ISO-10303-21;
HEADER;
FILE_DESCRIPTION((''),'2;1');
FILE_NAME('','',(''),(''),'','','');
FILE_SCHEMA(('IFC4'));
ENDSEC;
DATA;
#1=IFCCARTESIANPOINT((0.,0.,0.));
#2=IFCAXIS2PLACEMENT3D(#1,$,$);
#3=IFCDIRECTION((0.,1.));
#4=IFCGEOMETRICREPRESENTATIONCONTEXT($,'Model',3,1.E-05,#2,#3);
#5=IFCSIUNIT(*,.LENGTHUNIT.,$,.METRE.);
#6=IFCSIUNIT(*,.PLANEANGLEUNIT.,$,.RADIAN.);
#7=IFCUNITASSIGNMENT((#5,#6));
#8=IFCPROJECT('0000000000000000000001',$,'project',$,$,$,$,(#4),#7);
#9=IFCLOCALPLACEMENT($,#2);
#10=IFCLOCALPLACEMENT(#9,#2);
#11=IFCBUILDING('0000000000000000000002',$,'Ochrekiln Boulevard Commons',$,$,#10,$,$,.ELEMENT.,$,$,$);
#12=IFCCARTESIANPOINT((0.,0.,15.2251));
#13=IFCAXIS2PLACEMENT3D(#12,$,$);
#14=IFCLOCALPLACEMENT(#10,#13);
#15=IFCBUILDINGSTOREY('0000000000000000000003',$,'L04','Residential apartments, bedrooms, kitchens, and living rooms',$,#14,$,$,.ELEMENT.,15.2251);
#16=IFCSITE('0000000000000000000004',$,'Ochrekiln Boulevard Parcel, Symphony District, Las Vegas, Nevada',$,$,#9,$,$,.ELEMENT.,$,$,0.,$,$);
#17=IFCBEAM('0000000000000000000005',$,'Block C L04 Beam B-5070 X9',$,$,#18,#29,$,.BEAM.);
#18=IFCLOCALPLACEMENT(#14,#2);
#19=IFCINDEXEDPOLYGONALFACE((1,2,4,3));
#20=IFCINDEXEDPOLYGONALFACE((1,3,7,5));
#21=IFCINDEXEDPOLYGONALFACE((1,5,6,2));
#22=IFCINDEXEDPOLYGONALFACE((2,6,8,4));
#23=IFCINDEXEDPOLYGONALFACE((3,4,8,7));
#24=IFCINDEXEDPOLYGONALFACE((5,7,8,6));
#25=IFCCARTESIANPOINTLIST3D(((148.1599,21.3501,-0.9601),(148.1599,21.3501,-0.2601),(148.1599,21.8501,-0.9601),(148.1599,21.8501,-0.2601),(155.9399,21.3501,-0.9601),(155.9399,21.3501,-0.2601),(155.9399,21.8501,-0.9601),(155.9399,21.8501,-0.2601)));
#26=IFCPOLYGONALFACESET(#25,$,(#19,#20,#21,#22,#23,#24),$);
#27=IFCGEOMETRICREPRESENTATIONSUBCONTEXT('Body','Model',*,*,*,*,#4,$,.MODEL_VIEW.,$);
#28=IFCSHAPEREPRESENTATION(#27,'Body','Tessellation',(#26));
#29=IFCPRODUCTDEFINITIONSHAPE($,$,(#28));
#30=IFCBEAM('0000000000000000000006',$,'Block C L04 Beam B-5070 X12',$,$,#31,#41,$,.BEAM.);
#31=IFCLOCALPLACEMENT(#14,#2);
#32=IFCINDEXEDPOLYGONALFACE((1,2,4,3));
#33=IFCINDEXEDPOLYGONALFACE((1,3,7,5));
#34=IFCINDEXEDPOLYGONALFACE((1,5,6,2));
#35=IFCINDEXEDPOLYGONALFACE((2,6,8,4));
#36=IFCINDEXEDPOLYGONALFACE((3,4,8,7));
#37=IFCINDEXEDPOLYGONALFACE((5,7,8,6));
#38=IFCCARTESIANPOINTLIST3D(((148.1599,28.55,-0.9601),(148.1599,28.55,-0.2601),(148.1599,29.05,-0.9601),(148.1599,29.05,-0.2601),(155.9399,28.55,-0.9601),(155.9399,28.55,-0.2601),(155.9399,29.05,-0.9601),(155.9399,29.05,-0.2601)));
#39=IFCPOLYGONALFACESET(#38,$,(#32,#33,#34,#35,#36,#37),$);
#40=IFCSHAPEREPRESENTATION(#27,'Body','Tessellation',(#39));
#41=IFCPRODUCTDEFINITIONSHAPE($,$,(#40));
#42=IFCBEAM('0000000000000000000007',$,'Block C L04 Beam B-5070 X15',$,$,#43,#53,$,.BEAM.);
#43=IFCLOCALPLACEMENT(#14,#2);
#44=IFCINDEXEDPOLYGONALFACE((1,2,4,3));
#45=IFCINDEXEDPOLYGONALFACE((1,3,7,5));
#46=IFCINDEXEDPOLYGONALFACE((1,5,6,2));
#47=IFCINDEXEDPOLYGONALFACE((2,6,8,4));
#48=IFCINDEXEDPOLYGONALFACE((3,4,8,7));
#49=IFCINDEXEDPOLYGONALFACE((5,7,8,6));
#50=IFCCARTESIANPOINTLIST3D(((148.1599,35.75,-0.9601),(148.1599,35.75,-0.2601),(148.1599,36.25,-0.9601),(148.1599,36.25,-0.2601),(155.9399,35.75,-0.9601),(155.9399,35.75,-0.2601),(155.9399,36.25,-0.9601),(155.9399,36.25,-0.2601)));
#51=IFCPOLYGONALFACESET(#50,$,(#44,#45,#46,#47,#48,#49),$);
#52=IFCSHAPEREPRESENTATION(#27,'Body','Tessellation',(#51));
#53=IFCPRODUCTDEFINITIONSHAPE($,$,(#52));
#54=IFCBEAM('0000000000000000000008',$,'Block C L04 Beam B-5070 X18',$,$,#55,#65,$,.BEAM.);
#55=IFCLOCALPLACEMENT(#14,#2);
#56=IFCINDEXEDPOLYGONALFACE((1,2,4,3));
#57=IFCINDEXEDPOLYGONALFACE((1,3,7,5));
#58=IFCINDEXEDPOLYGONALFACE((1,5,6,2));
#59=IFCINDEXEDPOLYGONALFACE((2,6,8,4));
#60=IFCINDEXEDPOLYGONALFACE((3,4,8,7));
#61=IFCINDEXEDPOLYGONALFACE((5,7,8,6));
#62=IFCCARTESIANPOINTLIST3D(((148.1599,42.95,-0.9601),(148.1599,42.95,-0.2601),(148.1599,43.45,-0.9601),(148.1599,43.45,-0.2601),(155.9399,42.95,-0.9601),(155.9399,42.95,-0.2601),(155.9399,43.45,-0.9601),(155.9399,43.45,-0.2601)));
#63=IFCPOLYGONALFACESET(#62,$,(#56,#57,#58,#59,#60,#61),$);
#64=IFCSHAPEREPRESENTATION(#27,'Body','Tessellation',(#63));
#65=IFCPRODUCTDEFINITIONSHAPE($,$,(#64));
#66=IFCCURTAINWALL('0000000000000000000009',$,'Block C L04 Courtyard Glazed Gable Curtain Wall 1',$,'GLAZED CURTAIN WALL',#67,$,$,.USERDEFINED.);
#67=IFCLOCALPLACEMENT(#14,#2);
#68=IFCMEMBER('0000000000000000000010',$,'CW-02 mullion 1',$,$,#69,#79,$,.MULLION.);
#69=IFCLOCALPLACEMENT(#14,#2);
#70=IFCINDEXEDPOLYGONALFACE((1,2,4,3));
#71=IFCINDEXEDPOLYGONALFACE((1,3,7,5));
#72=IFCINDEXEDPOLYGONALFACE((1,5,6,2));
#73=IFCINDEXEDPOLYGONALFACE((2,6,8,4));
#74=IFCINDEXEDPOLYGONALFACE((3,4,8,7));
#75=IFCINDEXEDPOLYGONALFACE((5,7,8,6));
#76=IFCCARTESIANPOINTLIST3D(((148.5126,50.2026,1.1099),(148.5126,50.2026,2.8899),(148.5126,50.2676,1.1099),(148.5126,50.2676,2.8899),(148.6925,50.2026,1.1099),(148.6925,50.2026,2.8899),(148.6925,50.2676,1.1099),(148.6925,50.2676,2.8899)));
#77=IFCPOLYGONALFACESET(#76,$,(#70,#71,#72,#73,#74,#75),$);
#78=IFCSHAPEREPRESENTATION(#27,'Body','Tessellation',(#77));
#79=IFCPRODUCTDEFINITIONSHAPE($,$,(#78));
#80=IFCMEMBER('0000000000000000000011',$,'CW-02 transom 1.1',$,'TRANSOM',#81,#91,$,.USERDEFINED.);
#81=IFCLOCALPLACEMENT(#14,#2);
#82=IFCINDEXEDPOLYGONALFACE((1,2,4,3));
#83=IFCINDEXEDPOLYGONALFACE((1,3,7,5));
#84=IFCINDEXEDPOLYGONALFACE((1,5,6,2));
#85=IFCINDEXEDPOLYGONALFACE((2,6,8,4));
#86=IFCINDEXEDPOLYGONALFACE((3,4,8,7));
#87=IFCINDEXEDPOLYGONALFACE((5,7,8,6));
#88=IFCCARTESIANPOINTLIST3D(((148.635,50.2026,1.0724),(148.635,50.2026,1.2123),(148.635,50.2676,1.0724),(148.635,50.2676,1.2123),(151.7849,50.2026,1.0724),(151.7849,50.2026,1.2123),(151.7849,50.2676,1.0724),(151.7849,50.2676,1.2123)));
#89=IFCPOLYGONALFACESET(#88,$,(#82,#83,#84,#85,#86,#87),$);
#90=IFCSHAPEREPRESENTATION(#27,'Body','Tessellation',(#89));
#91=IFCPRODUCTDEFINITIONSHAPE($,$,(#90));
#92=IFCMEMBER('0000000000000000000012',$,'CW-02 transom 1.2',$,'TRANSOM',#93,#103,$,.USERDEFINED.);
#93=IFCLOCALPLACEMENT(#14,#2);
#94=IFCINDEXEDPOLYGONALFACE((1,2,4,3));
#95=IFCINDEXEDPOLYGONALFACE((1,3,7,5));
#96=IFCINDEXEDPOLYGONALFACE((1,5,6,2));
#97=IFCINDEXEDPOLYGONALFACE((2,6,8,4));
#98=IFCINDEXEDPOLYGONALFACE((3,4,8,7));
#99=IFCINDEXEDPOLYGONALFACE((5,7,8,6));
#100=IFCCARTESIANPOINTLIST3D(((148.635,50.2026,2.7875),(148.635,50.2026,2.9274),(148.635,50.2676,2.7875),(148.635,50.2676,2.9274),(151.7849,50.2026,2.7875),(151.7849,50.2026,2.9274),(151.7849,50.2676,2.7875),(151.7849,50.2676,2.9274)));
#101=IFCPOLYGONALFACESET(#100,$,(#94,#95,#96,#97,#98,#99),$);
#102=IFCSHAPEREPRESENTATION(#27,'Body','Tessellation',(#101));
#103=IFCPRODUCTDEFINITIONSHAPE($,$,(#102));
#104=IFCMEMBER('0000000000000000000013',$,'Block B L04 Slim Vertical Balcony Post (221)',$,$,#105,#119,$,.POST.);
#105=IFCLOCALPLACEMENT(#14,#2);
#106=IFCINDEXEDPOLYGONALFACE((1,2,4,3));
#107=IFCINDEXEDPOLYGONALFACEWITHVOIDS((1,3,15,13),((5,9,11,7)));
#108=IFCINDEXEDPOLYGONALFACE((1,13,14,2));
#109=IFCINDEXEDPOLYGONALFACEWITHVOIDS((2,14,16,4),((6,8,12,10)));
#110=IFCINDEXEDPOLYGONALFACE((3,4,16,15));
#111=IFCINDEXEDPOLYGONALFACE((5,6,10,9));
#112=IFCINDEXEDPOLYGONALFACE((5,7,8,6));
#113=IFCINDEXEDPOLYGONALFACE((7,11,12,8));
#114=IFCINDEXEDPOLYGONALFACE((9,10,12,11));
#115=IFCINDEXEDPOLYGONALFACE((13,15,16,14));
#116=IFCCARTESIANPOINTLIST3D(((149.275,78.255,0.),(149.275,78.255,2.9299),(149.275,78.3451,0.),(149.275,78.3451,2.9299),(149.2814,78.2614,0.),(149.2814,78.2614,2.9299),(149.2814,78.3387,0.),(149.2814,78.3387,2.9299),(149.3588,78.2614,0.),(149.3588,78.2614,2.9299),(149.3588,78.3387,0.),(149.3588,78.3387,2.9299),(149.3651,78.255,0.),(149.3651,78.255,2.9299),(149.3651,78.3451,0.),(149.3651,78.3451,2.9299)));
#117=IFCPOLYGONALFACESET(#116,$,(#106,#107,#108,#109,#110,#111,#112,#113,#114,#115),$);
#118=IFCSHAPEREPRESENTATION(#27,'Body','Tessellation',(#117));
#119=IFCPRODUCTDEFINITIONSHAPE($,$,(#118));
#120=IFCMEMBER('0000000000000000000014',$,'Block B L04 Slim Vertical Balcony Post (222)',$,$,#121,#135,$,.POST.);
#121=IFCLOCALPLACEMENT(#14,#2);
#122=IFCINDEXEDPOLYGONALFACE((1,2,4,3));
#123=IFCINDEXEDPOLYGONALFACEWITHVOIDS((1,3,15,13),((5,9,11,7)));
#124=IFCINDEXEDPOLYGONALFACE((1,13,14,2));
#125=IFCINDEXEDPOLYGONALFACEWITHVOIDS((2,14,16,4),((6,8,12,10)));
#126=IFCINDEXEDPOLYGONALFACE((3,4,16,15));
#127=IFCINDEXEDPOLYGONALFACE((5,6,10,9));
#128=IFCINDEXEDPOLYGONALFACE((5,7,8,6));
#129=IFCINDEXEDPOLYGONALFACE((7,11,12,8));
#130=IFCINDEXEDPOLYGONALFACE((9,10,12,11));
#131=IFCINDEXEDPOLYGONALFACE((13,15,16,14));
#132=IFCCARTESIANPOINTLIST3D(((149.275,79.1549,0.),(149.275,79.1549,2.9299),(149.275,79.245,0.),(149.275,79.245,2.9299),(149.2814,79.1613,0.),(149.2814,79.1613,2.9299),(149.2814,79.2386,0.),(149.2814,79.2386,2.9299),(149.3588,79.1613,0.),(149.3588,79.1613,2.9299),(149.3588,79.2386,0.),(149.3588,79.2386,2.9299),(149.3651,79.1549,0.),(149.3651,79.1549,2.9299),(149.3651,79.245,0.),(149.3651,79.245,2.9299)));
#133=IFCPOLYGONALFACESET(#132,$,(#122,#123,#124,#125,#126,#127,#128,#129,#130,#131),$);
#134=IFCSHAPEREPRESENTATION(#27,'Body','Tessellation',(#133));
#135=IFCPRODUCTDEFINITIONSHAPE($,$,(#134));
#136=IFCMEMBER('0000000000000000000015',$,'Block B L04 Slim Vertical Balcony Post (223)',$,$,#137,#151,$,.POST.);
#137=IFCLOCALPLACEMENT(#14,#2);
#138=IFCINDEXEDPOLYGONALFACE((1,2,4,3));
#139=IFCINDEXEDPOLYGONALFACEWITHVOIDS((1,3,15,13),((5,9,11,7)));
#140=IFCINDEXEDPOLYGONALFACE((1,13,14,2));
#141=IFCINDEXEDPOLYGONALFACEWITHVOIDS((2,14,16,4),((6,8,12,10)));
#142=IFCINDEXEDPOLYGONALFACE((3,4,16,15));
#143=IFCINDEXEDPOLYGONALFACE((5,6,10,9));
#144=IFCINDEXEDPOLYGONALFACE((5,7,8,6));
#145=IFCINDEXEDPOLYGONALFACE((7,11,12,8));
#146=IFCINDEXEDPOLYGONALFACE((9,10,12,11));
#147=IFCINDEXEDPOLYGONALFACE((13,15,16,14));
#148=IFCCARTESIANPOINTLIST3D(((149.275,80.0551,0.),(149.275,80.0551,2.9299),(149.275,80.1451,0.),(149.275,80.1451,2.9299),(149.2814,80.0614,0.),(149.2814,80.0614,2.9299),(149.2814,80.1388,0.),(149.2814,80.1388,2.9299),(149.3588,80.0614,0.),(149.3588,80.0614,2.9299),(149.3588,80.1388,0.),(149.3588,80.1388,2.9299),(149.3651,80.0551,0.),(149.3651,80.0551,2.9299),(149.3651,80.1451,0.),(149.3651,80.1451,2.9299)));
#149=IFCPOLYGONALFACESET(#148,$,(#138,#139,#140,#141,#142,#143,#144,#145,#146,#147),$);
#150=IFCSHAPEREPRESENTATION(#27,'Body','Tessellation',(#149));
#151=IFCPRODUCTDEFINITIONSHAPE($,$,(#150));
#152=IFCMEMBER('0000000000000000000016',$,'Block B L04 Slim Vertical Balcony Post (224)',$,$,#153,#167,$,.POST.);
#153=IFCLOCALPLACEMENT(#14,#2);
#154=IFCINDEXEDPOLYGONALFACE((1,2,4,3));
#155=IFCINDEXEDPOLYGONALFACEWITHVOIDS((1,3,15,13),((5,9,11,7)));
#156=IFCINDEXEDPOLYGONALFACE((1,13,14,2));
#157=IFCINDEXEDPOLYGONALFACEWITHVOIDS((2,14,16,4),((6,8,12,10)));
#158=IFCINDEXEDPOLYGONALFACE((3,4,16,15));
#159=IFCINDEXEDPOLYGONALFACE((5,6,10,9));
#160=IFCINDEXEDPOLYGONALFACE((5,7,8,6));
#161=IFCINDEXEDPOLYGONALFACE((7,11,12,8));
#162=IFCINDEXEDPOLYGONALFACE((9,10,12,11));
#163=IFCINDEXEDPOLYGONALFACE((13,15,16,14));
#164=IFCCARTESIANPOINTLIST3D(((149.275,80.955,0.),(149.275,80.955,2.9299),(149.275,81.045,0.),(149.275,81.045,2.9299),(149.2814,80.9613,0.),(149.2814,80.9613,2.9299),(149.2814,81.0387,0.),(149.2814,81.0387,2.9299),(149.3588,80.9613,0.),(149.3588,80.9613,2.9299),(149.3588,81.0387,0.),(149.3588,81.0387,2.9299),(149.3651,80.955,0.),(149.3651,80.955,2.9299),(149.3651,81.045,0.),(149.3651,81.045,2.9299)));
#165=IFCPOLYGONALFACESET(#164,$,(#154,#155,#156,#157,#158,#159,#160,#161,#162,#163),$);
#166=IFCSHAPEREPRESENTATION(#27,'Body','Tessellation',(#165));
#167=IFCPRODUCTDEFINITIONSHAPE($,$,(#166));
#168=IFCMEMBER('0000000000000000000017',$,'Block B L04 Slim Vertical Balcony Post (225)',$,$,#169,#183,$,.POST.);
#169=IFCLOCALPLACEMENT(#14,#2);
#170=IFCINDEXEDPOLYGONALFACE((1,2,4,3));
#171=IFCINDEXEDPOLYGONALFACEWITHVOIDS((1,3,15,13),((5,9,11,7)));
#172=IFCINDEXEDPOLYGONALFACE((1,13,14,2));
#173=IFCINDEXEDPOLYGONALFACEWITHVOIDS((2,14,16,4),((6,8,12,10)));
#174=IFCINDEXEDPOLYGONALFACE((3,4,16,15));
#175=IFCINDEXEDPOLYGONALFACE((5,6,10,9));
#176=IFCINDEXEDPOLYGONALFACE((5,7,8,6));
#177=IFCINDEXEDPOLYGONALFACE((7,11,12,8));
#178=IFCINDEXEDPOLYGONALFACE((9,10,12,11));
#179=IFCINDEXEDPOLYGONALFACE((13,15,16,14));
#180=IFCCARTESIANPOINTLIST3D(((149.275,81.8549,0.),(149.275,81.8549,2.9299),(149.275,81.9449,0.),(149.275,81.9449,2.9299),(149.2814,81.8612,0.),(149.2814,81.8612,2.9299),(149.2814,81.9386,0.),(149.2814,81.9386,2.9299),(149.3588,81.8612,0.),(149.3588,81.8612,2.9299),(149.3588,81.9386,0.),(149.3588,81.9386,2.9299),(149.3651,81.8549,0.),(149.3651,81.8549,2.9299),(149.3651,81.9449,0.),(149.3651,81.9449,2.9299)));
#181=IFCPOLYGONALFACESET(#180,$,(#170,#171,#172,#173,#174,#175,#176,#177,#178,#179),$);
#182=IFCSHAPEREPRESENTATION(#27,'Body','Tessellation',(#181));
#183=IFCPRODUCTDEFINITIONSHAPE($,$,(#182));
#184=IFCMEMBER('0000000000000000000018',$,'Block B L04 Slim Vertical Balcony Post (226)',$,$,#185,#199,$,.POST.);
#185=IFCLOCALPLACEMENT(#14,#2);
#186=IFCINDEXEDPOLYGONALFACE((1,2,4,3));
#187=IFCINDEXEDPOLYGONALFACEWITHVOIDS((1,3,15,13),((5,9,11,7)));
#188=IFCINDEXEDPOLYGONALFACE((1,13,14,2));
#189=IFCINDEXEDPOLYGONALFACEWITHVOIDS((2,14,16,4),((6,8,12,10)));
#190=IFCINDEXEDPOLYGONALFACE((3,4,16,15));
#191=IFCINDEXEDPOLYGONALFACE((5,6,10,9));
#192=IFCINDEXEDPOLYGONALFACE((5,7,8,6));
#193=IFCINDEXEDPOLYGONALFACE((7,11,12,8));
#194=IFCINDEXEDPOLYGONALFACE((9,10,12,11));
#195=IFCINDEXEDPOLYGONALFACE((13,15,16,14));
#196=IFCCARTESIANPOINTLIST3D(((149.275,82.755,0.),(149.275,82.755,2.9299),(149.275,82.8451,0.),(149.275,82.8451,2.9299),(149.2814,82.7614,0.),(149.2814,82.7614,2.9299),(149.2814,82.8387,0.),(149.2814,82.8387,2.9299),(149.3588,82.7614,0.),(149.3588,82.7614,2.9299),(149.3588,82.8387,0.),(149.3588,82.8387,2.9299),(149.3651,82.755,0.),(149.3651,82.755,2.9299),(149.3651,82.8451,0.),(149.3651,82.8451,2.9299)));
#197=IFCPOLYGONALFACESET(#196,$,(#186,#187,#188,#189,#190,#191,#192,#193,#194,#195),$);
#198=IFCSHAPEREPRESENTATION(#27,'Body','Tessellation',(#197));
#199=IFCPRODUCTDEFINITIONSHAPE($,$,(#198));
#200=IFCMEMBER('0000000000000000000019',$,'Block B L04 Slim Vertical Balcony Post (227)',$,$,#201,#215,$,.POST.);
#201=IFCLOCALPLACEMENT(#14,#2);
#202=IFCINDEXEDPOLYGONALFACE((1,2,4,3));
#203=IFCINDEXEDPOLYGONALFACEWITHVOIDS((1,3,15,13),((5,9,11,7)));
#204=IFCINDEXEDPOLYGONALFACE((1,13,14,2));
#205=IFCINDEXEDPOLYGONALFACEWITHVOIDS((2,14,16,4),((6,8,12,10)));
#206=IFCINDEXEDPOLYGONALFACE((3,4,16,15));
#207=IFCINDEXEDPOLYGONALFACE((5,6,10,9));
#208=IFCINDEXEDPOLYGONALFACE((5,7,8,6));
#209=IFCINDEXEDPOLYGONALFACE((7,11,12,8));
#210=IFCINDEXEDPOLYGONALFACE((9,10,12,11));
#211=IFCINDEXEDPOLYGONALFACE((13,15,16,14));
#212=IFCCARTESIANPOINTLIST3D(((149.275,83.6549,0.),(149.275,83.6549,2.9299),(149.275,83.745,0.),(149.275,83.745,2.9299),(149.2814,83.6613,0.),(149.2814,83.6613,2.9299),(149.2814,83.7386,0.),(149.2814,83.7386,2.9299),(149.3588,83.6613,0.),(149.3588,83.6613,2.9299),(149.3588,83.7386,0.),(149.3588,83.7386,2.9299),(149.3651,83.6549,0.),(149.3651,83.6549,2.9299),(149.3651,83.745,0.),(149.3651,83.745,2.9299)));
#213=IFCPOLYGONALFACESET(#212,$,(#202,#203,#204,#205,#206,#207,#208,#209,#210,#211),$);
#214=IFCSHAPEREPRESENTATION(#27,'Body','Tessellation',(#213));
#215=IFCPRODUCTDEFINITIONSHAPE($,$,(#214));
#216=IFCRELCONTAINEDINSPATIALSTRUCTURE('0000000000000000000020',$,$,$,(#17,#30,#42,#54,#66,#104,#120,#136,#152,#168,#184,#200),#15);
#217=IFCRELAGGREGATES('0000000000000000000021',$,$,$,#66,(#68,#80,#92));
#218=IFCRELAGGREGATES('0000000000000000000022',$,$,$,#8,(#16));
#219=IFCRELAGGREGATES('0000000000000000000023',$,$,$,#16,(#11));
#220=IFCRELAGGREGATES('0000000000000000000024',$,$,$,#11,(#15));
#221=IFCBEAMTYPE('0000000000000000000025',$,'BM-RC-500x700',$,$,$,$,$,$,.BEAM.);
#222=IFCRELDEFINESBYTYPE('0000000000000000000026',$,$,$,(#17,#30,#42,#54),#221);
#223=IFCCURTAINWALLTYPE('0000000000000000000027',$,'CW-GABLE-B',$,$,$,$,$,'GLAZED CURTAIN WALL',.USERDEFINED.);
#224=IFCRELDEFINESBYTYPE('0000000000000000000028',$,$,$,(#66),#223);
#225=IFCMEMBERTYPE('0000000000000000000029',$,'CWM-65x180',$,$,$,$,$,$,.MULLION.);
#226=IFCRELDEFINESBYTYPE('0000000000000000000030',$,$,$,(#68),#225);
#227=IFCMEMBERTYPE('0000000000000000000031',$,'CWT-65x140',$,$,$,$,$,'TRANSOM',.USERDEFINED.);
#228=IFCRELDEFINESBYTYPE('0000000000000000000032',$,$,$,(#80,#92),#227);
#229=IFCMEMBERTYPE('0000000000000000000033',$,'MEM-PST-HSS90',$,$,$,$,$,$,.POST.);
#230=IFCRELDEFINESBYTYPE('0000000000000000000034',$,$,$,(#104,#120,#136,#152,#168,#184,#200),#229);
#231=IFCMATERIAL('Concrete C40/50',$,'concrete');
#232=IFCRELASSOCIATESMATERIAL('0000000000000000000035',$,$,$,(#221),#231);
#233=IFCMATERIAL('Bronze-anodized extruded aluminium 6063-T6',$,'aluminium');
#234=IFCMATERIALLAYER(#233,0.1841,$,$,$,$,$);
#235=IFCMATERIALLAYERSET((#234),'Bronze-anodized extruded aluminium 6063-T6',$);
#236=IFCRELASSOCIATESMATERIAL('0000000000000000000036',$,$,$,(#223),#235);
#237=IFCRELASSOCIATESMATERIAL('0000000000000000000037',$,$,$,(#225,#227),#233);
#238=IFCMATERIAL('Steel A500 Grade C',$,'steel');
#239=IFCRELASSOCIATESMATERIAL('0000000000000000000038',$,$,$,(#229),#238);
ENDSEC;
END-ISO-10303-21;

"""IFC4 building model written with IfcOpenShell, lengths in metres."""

from ifc_helpers import new_model, si_unit, direction, frame, origin, origin_2d, place, context, subcontext, project, spatial, rectangle, hollow_rectangle, extrude, material, layer, layer_set, material_profile, profile_set, type_object, element, aggregate, save


model = new_model("IFC4")

# Units and contexts
model_context = context("Model", 3, precision=1e-05, world=origin(), true_north=direction((0.0, 1.0)))
body_context = subcontext(model_context, "Body", "Model", "MODEL_VIEW")
ifc_project = project(units=[si_unit("LENGTHUNIT", "METRE"), si_unit("PLANEANGLEUNIT", "RADIAN")], contexts=[model_context])

# Site, building, storey
site_placement = place(None, origin())
site = spatial("IfcSite", under=ifc_project, at=site_placement, Name="Ochrekiln Boulevard Parcel, Symphony District, Las Vegas, Nevada", CompositionType="ELEMENT", RefElevation=0.0)
building_placement = place(site_placement, origin())
building = spatial("IfcBuilding", under=site, at=building_placement, Name="Ochrekiln Boulevard Commons", CompositionType="ELEMENT")
storey_placement = place(building_placement, frame((0.0, 0.0, 15.2251)))
storey = spatial("IfcBuildingStorey", under=building, at=storey_placement, Name="L04", Description="Residential apartments, bedrooms, kitchens, and living rooms", CompositionType="ELEMENT", Elevation=15.2251)

# Beams
ifc_material_1 = material(Name="Concrete C40/50", Category="concrete")
ifc_material_profile_1 = material_profile(ifc_material_1, rectangle(XDim=0.5, YDim=0.7, at=origin_2d()), Name="RC-BM-500x700")
ifc_profile_set_1 = profile_set([ifc_material_profile_1], Name="Concrete C40/50")
beam_type_1 = type_object("IfcBeamType", Name="BM-RC-500x700", PredefinedType="BEAM", material=ifc_profile_set_1)
for number, where, z_axis, x_axis, name in (
    (1, (148.1599, 21.6001, -0.6101), (1.0, 0.0, 0.0), (0.0, 1.0, 0.0), "Block C L04 Beam B-5070 X9"),
    (2, (148.1599, 28.8, -0.6101), (1.0, 0.0, 0.0), (0.0, 1.0, 0.0), "Block C L04 Beam B-5070 X12"),
    (3, (148.1599, 36.0, -0.6101), (1.0, 0.0, 0.0), (0.0, 1.0, 0.0), "Block C L04 Beam B-5070 X15"),
    (4, (148.1599, 43.2, -0.6101), (1.0, 0.0, 0.0), (0.0, 1.0, 0.0), "Block C L04 Beam B-5070 X18"),
):
    element("IfcBeam", number, at=place(storey_placement, frame(where, z_axis=z_axis, x_axis=x_axis)), inside=storey, type_object=beam_type_1, Name=name, PredefinedType="BEAM", context=body_context, shape_type="SweptSolid", body=[
        extrude(rectangle(XDim=0.5, YDim=0.7, at=origin_2d()), origin(), (0.0, 0.0, 1.0), 7.78),
    ])

# Curtain wall, members
ifc_material_2 = material(Name="Bronze-anodized extruded aluminium 6063-T6", Category="aluminium")
ifc_layer = layer(ifc_material_2, 0.1841)
ifc_layer_set = layer_set([ifc_layer], Name="Bronze-anodized extruded aluminium 6063-T6")
curtain_wall_type = type_object("IfcCurtainWallType", Name="CW-GABLE-B", ElementType="GLAZED CURTAIN WALL", PredefinedType="USERDEFINED", material=ifc_layer_set)
curtain_wall_placement = place(storey_placement, origin())
curtain_wall = element("IfcCurtainWall", 5, at=curtain_wall_placement, inside=storey, type_object=curtain_wall_type, Name="Block C L04 Courtyard Glazed Gable Curtain Wall 1", ObjectType="GLAZED CURTAIN WALL", PredefinedType="USERDEFINED")
ifc_material_profile_2 = material_profile(ifc_material_2, rectangle(XDim=0.0649, YDim=0.1799, at=origin_2d()), Name="ALU-MUL-65x180")
ifc_profile_set_2 = profile_set([ifc_material_profile_2], Name="Bronze-anodized extruded aluminium 6063-T6")
member_type_1 = type_object("IfcMemberType", Name="CWM-65x180", PredefinedType="MULLION", material=ifc_profile_set_2)
member_1_placement = place(storey_placement, frame((148.6025, 50.2351, 1.1099), z_axis=(0.0, 0.0, 1.0), x_axis=(0.0, 1.0, 0.0)))
member_1 = element("IfcMember", 6, at=member_1_placement, type_object=member_type_1, Name="CW-02 mullion 1", PredefinedType="MULLION", context=body_context, shape_type="SweptSolid", body=[
    extrude(rectangle(XDim=0.0649, YDim=0.1799, at=origin_2d()), origin(), (0.0, 0.0, 1.0), 1.78),
])
ifc_material_profile_3 = material_profile(ifc_material_2, rectangle(XDim=0.0649, YDim=0.1399, at=origin_2d()), Name="ALU-TRN-65x140")
ifc_profile_set_3 = profile_set([ifc_material_profile_3], Name="Bronze-anodized extruded aluminium 6063-T6")
member_type_2 = type_object("IfcMemberType", Name="CWT-65x140", ElementType="TRANSOM", PredefinedType="USERDEFINED", material=ifc_profile_set_3)
member_2_placement = place(storey_placement, frame((148.635, 50.2351, 1.1423), z_axis=(1.0, 0.0, 0.0), x_axis=(0.0, 1.0, 0.0)))
member_2 = element("IfcMember", 7, at=member_2_placement, type_object=member_type_2, Name="CW-02 transom 1.1", ObjectType="TRANSOM", PredefinedType="USERDEFINED", context=body_context, shape_type="SweptSolid", body=[
    extrude(rectangle(XDim=0.0649, YDim=0.1399, at=origin_2d()), origin(), (0.0, 0.0, 1.0), 3.1499),
])
member_3_placement = place(storey_placement, frame((148.635, 50.2351, 2.8574), z_axis=(1.0, 0.0, 0.0), x_axis=(0.0, 1.0, 0.0)))
member_3 = element("IfcMember", 8, at=member_3_placement, type_object=member_type_2, Name="CW-02 transom 1.2", ObjectType="TRANSOM", PredefinedType="USERDEFINED", context=body_context, shape_type="SweptSolid", body=[
    extrude(rectangle(XDim=0.0649, YDim=0.1399, at=origin_2d()), origin(), (0.0, 0.0, 1.0), 3.1499),
])
aggregate(curtain_wall, [member_1, member_2, member_3])

# Members
ifc_material_3 = material(Name="Steel A500 Grade C", Category="steel")
ifc_material_profile_4 = material_profile(ifc_material_3, hollow_rectangle(XDim=0.0901, YDim=0.0901, WallThickness=0.0063, at=origin_2d()), Name="HSS90X90X6.4")
ifc_profile_set_4 = profile_set([ifc_material_profile_4], Name="Steel A500 Grade C")
member_type_3 = type_object("IfcMemberType", Name="MEM-PST-HSS90", PredefinedType="POST", material=ifc_profile_set_4)
for number, where, z_axis, x_axis, name in (
    (9, (149.3201, 78.3, 0.0), (0.0, 0.0, 1.0), (1.0, 0.0, 0.0), "Block B L04 Slim Vertical Balcony Post (221)"),
    (10, (149.3201, 79.2, 0.0), (0.0, 0.0, 1.0), (1.0, 0.0, 0.0), "Block B L04 Slim Vertical Balcony Post (222)"),
    (11, (149.3201, 80.1001, 0.0), (0.0, 0.0, 1.0), (1.0, 0.0, 0.0), "Block B L04 Slim Vertical Balcony Post (223)"),
    (12, (149.3201, 81.0, 0.0), (0.0, 0.0, 1.0), (1.0, 0.0, 0.0), "Block B L04 Slim Vertical Balcony Post (224)"),
    (13, (149.3201, 81.8999, 0.0), (0.0, 0.0, 1.0), (1.0, 0.0, 0.0), "Block B L04 Slim Vertical Balcony Post (225)"),
    (14, (149.3201, 82.8, 0.0), (0.0, 0.0, 1.0), (1.0, 0.0, 0.0), "Block B L04 Slim Vertical Balcony Post (226)"),
    (15, (149.3201, 83.7, 0.0), (0.0, 0.0, 1.0), (1.0, 0.0, 0.0), "Block B L04 Slim Vertical Balcony Post (227)"),
):
    element("IfcMember", number, at=place(storey_placement, frame(where, z_axis=z_axis, x_axis=x_axis)), inside=storey, type_object=member_type_3, Name=name, PredefinedType="POST", context=body_context, shape_type="SweptSolid", body=[
        extrude(hollow_rectangle(XDim=0.0901, YDim=0.0901, WallThickness=0.0063, at=origin_2d()), origin(), (0.0, 0.0, 1.0), 2.9299),
    ])

save(model, "model.ifc")
